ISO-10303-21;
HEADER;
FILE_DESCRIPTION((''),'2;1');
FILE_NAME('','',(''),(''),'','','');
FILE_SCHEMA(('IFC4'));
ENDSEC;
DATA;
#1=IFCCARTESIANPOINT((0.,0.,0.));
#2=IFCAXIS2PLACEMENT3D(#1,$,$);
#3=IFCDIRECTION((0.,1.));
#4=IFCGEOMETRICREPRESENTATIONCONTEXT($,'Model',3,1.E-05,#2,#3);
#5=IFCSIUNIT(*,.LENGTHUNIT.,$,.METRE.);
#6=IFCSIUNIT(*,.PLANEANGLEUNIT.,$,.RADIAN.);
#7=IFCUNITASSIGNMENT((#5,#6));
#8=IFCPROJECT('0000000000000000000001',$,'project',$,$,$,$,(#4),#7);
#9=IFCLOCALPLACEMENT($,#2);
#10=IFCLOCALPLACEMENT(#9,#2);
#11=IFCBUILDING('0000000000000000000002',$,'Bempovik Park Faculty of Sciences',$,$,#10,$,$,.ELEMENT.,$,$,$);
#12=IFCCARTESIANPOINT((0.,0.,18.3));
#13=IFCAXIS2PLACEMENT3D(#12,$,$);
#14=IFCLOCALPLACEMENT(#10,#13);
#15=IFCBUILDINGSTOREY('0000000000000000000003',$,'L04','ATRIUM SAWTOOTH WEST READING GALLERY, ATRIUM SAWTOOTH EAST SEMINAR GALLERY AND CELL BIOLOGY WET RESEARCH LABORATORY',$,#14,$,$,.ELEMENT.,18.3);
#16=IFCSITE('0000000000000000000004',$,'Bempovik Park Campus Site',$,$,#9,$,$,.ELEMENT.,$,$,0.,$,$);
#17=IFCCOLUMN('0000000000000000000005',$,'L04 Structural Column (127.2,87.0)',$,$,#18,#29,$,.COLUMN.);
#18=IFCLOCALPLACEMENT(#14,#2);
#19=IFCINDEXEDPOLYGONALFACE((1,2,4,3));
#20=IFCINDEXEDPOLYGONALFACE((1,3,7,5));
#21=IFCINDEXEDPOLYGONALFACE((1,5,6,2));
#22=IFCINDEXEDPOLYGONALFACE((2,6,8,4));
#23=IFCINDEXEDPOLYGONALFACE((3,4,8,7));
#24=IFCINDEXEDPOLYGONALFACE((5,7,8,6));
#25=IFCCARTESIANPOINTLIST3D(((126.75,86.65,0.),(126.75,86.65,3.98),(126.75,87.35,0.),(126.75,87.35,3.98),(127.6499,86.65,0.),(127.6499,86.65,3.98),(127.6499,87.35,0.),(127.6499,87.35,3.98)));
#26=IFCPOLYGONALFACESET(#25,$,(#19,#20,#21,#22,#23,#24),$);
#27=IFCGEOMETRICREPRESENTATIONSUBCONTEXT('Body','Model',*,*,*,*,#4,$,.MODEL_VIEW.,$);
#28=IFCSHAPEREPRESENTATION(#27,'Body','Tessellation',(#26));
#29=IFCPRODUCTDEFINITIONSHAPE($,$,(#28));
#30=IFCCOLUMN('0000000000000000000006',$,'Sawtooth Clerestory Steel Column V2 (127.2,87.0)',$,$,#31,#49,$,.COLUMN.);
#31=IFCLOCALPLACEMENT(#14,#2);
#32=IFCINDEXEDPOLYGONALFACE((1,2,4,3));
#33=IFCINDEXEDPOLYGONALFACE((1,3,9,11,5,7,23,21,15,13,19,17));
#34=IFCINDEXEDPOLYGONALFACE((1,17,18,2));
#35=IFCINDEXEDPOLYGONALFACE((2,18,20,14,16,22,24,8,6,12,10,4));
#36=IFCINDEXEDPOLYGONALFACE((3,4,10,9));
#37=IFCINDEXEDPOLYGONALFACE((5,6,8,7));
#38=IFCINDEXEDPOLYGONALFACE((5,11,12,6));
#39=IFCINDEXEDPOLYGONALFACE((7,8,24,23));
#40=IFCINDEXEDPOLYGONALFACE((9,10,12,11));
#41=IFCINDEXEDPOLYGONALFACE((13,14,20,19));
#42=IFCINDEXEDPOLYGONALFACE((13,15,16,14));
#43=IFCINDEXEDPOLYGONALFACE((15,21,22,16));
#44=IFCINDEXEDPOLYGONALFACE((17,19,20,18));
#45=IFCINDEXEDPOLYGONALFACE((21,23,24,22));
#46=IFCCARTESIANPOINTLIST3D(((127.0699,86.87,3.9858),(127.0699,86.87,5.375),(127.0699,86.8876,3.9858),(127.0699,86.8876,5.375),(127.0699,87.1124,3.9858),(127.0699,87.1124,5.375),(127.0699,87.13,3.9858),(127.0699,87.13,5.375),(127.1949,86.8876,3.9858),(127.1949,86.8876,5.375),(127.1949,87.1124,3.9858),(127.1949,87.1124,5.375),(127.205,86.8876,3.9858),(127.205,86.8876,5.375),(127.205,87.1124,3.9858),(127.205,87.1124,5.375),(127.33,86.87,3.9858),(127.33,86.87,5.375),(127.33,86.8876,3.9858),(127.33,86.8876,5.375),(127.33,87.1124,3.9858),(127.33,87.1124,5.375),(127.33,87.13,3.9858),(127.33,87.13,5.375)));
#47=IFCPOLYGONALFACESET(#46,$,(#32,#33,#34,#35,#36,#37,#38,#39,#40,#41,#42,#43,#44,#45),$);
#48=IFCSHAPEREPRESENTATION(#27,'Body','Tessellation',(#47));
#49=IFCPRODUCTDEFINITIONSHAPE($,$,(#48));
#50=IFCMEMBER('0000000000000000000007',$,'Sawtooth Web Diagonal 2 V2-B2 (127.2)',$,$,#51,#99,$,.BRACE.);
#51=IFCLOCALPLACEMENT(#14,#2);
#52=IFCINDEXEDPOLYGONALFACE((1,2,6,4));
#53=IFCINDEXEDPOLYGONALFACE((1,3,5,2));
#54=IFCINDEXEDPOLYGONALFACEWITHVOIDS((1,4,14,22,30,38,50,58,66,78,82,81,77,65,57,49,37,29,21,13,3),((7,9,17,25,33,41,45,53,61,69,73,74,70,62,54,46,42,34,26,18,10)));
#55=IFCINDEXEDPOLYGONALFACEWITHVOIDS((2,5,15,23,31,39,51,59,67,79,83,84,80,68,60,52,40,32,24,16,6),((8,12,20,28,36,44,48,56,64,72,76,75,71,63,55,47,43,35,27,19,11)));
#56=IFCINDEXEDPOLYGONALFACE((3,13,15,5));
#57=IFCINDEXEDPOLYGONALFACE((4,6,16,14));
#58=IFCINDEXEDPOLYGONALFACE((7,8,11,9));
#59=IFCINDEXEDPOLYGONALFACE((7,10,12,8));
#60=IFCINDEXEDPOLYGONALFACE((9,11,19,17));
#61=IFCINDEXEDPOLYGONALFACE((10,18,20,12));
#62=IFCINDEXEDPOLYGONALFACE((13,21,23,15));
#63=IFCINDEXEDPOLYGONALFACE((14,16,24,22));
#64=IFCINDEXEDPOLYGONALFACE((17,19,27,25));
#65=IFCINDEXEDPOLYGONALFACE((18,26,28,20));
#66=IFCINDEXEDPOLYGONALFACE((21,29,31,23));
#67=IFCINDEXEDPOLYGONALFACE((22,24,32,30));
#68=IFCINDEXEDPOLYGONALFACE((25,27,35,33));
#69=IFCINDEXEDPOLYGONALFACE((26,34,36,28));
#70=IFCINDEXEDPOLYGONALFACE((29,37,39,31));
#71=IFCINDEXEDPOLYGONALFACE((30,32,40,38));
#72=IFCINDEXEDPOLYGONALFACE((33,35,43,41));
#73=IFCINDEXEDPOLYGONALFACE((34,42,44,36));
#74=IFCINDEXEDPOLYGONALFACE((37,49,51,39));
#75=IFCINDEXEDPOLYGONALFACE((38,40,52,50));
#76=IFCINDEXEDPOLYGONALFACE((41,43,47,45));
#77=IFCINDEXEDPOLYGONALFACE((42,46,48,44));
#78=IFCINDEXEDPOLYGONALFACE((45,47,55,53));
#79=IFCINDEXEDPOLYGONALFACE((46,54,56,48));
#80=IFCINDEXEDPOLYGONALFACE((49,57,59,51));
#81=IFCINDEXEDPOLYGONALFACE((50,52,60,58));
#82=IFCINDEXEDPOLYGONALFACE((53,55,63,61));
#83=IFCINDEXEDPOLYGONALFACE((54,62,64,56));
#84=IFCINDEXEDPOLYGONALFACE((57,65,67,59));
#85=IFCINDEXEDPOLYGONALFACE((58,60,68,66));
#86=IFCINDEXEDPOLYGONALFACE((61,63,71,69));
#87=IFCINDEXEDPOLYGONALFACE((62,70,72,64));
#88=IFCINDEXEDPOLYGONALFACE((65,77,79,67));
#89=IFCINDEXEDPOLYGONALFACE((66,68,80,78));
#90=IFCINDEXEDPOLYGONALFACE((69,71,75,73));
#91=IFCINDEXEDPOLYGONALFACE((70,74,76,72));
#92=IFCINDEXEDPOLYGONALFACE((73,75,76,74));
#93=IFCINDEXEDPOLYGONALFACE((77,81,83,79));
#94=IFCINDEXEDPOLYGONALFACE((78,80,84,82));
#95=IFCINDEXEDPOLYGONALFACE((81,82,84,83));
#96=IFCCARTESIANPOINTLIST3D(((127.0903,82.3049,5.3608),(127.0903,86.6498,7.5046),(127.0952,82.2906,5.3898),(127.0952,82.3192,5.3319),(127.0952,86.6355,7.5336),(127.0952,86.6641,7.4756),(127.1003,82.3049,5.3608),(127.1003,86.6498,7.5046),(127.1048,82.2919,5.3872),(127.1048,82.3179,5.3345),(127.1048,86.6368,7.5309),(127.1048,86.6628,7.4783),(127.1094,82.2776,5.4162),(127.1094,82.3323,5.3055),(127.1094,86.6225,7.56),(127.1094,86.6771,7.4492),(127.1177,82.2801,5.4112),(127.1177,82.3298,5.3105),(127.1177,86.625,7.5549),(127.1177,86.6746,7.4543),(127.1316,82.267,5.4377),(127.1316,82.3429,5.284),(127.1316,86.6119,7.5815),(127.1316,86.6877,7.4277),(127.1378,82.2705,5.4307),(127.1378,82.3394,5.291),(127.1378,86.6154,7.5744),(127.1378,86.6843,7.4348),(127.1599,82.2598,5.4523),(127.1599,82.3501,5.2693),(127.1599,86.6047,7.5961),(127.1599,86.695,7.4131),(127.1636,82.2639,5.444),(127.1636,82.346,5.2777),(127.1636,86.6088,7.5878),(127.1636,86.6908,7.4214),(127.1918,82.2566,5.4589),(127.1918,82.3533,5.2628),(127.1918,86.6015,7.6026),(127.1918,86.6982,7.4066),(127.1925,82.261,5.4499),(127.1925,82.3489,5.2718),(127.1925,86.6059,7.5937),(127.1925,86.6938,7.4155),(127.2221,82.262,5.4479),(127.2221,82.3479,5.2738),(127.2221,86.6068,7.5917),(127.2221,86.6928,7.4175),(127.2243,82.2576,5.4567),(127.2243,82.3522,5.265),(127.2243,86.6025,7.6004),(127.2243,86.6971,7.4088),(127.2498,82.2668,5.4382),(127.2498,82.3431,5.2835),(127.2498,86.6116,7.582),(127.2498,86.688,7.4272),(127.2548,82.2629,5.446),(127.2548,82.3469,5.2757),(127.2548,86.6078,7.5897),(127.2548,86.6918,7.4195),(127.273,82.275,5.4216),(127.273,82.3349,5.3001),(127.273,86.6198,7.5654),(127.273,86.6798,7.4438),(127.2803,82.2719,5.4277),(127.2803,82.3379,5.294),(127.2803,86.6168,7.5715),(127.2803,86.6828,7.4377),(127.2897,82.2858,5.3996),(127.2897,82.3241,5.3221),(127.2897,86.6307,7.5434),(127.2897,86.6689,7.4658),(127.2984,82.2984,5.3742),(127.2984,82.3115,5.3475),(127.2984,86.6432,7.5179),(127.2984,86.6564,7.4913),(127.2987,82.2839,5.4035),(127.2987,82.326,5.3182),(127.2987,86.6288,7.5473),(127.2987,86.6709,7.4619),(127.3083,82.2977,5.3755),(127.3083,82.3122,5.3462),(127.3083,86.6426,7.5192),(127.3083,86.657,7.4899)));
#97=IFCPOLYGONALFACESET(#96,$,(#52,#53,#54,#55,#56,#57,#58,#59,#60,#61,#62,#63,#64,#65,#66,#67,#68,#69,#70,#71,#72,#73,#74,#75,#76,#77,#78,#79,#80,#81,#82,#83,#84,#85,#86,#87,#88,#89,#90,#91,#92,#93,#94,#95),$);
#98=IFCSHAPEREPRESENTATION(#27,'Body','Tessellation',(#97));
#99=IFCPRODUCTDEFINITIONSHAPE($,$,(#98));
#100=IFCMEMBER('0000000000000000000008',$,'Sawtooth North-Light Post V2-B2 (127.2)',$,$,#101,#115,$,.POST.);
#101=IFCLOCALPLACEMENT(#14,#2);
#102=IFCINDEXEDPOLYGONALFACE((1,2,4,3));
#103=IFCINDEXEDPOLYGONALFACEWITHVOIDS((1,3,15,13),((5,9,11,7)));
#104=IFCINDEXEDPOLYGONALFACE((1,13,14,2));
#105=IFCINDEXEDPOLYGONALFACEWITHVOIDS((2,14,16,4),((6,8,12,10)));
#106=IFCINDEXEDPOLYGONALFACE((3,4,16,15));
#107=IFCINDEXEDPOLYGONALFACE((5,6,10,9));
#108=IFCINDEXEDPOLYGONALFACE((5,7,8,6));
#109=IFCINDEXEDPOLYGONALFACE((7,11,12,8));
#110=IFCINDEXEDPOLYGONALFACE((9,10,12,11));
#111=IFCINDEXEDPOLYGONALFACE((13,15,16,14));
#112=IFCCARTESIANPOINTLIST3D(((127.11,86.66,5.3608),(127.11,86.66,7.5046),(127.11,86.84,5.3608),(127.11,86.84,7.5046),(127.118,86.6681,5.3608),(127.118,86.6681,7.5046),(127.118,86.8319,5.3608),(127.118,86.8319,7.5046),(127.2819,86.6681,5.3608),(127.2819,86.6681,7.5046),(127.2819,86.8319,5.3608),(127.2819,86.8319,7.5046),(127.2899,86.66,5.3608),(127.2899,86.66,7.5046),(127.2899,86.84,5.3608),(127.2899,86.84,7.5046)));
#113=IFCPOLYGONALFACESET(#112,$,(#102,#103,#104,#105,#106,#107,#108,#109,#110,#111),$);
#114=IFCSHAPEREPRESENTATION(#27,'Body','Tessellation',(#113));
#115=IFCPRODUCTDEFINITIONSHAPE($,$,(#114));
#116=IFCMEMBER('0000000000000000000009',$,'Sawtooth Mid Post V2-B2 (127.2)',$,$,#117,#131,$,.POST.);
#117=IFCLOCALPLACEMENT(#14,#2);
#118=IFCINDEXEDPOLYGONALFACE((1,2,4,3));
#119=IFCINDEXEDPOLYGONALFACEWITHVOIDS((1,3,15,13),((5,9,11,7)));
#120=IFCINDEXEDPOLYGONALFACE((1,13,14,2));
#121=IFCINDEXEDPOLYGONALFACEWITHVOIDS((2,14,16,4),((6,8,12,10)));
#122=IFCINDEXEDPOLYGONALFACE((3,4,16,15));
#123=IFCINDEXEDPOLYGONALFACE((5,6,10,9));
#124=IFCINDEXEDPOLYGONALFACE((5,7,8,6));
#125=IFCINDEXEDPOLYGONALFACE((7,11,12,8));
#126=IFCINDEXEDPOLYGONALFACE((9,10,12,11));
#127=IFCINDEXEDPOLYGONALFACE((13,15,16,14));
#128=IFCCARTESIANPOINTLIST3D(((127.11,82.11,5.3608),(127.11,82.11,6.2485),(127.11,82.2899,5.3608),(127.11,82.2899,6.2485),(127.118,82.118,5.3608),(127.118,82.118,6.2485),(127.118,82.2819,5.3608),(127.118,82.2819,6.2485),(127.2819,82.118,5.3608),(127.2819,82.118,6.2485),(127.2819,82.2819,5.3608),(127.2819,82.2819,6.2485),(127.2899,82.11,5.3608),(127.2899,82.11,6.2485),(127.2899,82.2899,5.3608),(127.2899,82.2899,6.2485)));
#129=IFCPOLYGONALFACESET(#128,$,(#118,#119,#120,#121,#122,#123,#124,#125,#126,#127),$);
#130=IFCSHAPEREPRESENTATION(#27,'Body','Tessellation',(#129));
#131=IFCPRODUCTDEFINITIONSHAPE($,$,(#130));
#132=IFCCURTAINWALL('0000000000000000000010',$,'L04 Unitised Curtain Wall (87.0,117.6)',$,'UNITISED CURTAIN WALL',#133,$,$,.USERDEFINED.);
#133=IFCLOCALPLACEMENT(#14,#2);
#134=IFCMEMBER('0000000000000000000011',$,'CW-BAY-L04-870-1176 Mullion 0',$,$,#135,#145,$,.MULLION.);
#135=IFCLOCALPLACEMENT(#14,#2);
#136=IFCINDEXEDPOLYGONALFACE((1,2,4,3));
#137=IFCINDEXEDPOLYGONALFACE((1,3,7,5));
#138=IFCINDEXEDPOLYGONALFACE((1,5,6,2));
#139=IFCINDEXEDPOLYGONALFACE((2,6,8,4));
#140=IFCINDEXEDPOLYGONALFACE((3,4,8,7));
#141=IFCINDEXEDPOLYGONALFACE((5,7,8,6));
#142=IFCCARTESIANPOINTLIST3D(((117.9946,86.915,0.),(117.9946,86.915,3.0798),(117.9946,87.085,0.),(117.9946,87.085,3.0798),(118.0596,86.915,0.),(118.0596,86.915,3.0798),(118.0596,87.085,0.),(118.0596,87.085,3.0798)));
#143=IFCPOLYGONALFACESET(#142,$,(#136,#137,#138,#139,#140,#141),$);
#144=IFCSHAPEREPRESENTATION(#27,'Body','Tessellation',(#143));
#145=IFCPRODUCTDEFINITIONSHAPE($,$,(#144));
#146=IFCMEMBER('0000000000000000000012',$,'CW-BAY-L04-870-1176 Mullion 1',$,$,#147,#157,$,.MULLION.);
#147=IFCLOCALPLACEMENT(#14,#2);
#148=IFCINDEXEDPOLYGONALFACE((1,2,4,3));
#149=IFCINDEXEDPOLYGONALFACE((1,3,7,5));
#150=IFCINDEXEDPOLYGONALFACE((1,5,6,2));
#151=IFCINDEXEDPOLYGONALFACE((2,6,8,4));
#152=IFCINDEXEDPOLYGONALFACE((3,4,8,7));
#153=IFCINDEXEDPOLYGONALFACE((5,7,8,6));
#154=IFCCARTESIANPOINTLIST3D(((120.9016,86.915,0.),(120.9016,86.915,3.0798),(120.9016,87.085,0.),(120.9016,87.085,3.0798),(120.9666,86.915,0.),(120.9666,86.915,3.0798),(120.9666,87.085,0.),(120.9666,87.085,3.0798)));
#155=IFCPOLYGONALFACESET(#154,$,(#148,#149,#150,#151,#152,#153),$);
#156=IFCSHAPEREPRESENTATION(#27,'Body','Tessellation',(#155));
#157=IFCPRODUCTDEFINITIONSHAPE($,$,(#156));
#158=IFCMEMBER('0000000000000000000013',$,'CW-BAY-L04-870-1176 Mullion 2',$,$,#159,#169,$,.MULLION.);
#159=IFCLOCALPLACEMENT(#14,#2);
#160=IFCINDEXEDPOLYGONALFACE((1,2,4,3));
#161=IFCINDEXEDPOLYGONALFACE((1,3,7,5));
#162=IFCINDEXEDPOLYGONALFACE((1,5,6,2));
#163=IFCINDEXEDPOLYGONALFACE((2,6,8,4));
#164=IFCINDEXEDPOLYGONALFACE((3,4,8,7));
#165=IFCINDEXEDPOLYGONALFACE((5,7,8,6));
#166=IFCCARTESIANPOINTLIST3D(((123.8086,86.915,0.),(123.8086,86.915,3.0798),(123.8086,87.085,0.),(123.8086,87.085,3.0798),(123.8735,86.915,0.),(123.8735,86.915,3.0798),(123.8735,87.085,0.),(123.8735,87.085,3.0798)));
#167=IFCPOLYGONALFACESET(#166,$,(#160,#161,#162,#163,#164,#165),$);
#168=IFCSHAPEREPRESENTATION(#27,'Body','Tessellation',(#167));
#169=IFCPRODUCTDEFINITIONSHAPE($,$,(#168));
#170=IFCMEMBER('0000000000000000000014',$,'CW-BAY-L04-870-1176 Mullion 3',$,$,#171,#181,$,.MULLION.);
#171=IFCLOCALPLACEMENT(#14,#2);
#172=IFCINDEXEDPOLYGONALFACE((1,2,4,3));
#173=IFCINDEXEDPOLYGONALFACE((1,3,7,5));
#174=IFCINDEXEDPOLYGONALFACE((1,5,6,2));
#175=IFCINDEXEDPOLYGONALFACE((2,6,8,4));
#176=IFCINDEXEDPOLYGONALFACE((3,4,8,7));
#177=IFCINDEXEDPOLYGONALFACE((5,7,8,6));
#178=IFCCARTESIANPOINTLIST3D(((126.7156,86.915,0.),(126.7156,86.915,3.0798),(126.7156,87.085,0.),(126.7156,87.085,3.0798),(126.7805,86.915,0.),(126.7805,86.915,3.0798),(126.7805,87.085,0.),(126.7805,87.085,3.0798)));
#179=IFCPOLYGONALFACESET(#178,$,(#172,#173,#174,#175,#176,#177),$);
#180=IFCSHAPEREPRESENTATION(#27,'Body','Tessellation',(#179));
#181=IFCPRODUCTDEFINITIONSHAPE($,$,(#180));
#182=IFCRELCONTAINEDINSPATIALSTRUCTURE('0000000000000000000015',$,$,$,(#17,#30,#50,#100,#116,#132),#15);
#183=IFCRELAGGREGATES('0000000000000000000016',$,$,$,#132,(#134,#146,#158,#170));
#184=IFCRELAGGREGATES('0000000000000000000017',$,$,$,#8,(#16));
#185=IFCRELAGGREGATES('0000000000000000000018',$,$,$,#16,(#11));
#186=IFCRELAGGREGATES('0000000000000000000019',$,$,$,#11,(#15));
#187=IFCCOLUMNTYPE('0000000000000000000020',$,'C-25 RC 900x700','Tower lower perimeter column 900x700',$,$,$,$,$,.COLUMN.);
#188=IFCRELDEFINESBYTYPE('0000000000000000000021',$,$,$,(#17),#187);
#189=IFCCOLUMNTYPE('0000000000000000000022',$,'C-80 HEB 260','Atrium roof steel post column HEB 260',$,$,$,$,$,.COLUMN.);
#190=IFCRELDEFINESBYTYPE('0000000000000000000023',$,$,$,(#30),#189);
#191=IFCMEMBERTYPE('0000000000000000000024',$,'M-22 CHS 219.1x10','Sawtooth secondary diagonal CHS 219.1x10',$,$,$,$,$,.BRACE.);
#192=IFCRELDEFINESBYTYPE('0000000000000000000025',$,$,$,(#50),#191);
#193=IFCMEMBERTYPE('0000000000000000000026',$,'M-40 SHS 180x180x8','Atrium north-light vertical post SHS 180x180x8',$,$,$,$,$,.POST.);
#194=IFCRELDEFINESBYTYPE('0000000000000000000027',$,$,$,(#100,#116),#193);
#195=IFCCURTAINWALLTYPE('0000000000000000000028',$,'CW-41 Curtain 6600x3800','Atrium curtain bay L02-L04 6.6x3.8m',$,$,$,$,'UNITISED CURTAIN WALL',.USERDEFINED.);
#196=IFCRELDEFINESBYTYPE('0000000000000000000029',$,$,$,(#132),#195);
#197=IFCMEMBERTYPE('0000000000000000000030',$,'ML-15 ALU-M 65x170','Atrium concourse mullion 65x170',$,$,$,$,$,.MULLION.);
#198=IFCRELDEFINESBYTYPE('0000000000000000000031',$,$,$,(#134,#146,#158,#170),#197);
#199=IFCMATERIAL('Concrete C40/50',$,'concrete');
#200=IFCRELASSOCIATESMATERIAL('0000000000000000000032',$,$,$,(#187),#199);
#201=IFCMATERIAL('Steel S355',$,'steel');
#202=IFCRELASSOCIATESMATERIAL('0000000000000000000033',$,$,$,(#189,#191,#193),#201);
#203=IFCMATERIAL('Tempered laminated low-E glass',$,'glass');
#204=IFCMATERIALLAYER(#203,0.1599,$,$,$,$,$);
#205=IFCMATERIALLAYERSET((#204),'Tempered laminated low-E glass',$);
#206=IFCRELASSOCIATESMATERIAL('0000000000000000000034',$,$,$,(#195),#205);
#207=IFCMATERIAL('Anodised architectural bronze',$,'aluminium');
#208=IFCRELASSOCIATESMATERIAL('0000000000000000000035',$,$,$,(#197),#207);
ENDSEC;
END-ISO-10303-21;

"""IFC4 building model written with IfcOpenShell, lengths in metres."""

from ifc_helpers import new_model, si_unit, direction, frame, origin, origin_2d, place, context, subcontext, project, spatial, rectangle, hollow_rectangle, hollow_circle, i_section, extrude, material, layer, layer_set, material_profile, profile_set, type_object, element, aggregate, save


model = new_model("IFC4")

# Units and contexts
model_context = context("Model", 3, precision=1e-05, world=origin(), true_north=direction((0.0, 1.0)))
body_context = subcontext(model_context, "Body", "Model", "MODEL_VIEW")
ifc_project = project(units=[si_unit("LENGTHUNIT", "METRE"), si_unit("PLANEANGLEUNIT", "RADIAN")], contexts=[model_context])

# Site, building, storey
site_placement = place(None, origin())
site = spatial("IfcSite", under=ifc_project, at=site_placement, Name="Bempovik Park Campus Site", CompositionType="ELEMENT", RefElevation=0.0)
building_placement = place(site_placement, origin())
building = spatial("IfcBuilding", under=site, at=building_placement, Name="Bempovik Park Faculty of Sciences", CompositionType="ELEMENT")
storey_placement = place(building_placement, frame((0.0, 0.0, 18.3)))
storey = spatial("IfcBuildingStorey", under=building, at=storey_placement, Name="L04", Description="ATRIUM SAWTOOTH WEST READING GALLERY, ATRIUM SAWTOOTH EAST SEMINAR GALLERY AND CELL BIOLOGY WET RESEARCH LABORATORY", CompositionType="ELEMENT", Elevation=18.3)

# Columns
ifc_material_1 = material(Name="Concrete C40/50", Category="concrete")
ifc_material_profile_1 = material_profile(ifc_material_1, rectangle(XDim=0.8999, YDim=0.7, at=origin_2d()), Name="RC 900x700")
ifc_profile_set_1 = profile_set([ifc_material_profile_1], Name="Concrete C40/50")
column_type_1 = type_object("IfcColumnType", Name="C-25 RC 900x700", Description="Tower lower perimeter column 900x700", PredefinedType="COLUMN", material=ifc_profile_set_1)
column_1_placement = place(storey_placement, frame((127.2, 87.0, 0.0), z_axis=(0.0, 0.0, 1.0), x_axis=(1.0, 0.0, 0.0)))
element("IfcColumn", 1, at=column_1_placement, inside=storey, type_object=column_type_1, Name="L04 Structural Column (127.2,87.0)", PredefinedType="COLUMN", context=body_context, shape_type="SweptSolid", body=[
    extrude(rectangle(XDim=0.8999, YDim=0.7, at=origin_2d()), origin(), (0.0, 0.0, 1.0), 3.98),
])
ifc_material_2 = material(Name="Steel S355", Category="steel")
ifc_material_profile_2 = material_profile(ifc_material_2, i_section(OverallWidth=0.26, OverallDepth=0.26, WebThickness=0.01, FlangeThickness=0.0176, at=origin_2d()), Name="HEB 260")
ifc_profile_set_2 = profile_set([ifc_material_profile_2], Name="Steel S355")
column_type_2 = type_object("IfcColumnType", Name="C-80 HEB 260", Description="Atrium roof steel post column HEB 260", PredefinedType="COLUMN", material=ifc_profile_set_2)
column_2_placement = place(storey_placement, frame((127.2, 87.0, 3.9858), z_axis=(0.0, 0.0, 1.0), x_axis=(1.0, 0.0, 0.0)))
element("IfcColumn", 2, at=column_2_placement, inside=storey, type_object=column_type_2, Name="Sawtooth Clerestory Steel Column V2 (127.2,87.0)", PredefinedType="COLUMN", context=body_context, shape_type="SweptSolid", body=[
    extrude(i_section(OverallWidth=0.26, OverallDepth=0.26, WebThickness=0.01, FlangeThickness=0.0176, at=origin_2d()), origin(), (0.0, 0.0, 1.0), 1.3892),
])

# Members
ifc_material_profile_3 = material_profile(ifc_material_2, hollow_circle(Radius=0.1096, WallThickness=0.01, at=origin_2d()), Name="CHS 219.1x10")
ifc_profile_set_3 = profile_set([ifc_material_profile_3], Name="Steel S355")
member_type_1 = type_object("IfcMemberType", Name="M-22 CHS 219.1x10", Description="Sawtooth secondary diagonal CHS 219.1x10", PredefinedType="BRACE", material=ifc_profile_set_3)
member_1_placement = place(storey_placement, frame((127.2, 82.3049, 5.3608), z_axis=(0.0, 0.896783, 0.442471), x_axis=(-1.0, 0.0, 0.0)))
element("IfcMember", 3, at=member_1_placement, inside=storey, type_object=member_type_1, Name="Sawtooth Web Diagonal 2 V2-B2 (127.2)", PredefinedType="BRACE", context=body_context, shape_type="SweptSolid", body=[
    extrude(hollow_circle(Radius=0.1096, WallThickness=0.01, at=origin_2d()), origin(), (0.0, 0.0, 1.0), 4.845),
])
ifc_material_profile_4 = material_profile(ifc_material_2, hollow_rectangle(XDim=0.1799, YDim=0.1799, WallThickness=0.0081, at=origin_2d()), Name="SHS 180x180x8")
ifc_profile_set_4 = profile_set([ifc_material_profile_4], Name="Steel S355")
member_type_2 = type_object("IfcMemberType", Name="M-40 SHS 180x180x8", Description="Atrium north-light vertical post SHS 180x180x8", PredefinedType="POST", material=ifc_profile_set_4)
member_2_placement = place(storey_placement, frame((127.2, 86.75, 5.3608), z_axis=(0.0, 0.0, 1.0), x_axis=(1.0, 0.0, 0.0)))
element("IfcMember", 4, at=member_2_placement, inside=storey, type_object=member_type_2, Name="Sawtooth North-Light Post V2-B2 (127.2)", PredefinedType="POST", context=body_context, shape_type="SweptSolid", body=[
    extrude(hollow_rectangle(XDim=0.1799, YDim=0.1799, WallThickness=0.0081, at=origin_2d()), origin(), (0.0, 0.0, 1.0), 2.1438),
])
member_3_placement = place(storey_placement, frame((127.2, 82.2, 5.3608), z_axis=(0.0, 0.0, 1.0), x_axis=(1.0, 0.0, 0.0)))
element("IfcMember", 5, at=member_3_placement, inside=storey, type_object=member_type_2, Name="Sawtooth Mid Post V2-B2 (127.2)", PredefinedType="POST", context=body_context, shape_type="SweptSolid", body=[
    extrude(hollow_rectangle(XDim=0.1799, YDim=0.1799, WallThickness=0.0081, at=origin_2d()), origin(), (0.0, 0.0, 1.0), 0.8877),
])

# Curtain wall, members
ifc_material_3 = material(Name="Tempered laminated low-E glass", Category="glass")
ifc_layer_1 = layer(ifc_material_3, 0.1599)
ifc_layer_set_1 = layer_set([ifc_layer_1], Name="Tempered laminated low-E glass")
curtain_wall_type = type_object("IfcCurtainWallType", Name="CW-41 Curtain 6600x3800", Description="Atrium curtain bay L02-L04 6.6x3.8m", ElementType="UNITISED CURTAIN WALL", PredefinedType="USERDEFINED", material=ifc_layer_set_1)
curtain_wall_placement = place(storey_placement, origin())
curtain_wall = element("IfcCurtainWall", 6, at=curtain_wall_placement, inside=storey, type_object=curtain_wall_type, Name="L04 Unitised Curtain Wall (87.0,117.6)", ObjectType="UNITISED CURTAIN WALL", PredefinedType="USERDEFINED")
ifc_material_4 = material(Name="Anodised architectural bronze", Category="aluminium")
ifc_material_profile_5 = material_profile(ifc_material_4, rectangle(XDim=0.0649, YDim=0.1699, at=origin_2d()), Name="ALU-M 65x170")
ifc_profile_set_5 = profile_set([ifc_material_profile_5], Name="Anodised architectural bronze")
member_type_3 = type_object("IfcMemberType", Name="ML-15 ALU-M 65x170", Description="Atrium concourse mullion 65x170", PredefinedType="MULLION", material=ifc_profile_set_5)
member_4_placement = place(storey_placement, frame((118.0271, 87.0, 0.0), z_axis=(0.0, 0.0, 1.0), x_axis=(1.0, 0.0, 0.0)))
member_4 = element("IfcMember", 7, at=member_4_placement, type_object=member_type_3, Name="CW-BAY-L04-870-1176 Mullion 0", PredefinedType="MULLION", context=body_context, shape_type="SweptSolid", body=[
    extrude(rectangle(XDim=0.0649, YDim=0.1699, at=origin_2d()), origin(), (0.0, 0.0, 1.0), 3.0798),
])
member_5_placement = place(storey_placement, frame((120.9341, 87.0, 0.0), z_axis=(0.0, 0.0, 1.0), x_axis=(1.0, 0.0, 0.0)))
member_5 = element("IfcMember", 8, at=member_5_placement, type_object=member_type_3, Name="CW-BAY-L04-870-1176 Mullion 1", PredefinedType="MULLION", context=body_context, shape_type="SweptSolid", body=[
    extrude(rectangle(XDim=0.0649, YDim=0.1699, at=origin_2d()), origin(), (0.0, 0.0, 1.0), 3.0798),
])
member_6_placement = place(storey_placement, frame((123.8411, 87.0, 0.0), z_axis=(0.0, 0.0, 1.0), x_axis=(1.0, 0.0, 0.0)))
member_6 = element("IfcMember", 9, at=member_6_placement, type_object=member_type_3, Name="CW-BAY-L04-870-1176 Mullion 2", PredefinedType="MULLION", context=body_context, shape_type="SweptSolid", body=[
    extrude(rectangle(XDim=0.0649, YDim=0.1699, at=origin_2d()), origin(), (0.0, 0.0, 1.0), 3.0798),
])
member_7_placement = place(storey_placement, frame((126.748, 87.0, 0.0), z_axis=(0.0, 0.0, 1.0), x_axis=(1.0, 0.0, 0.0)))
member_7 = element("IfcMember", 10, at=member_7_placement, type_object=member_type_3, Name="CW-BAY-L04-870-1176 Mullion 3", PredefinedType="MULLION", context=body_context, shape_type="SweptSolid", body=[
    extrude(rectangle(XDim=0.0649, YDim=0.1699, at=origin_2d()), origin(), (0.0, 0.0, 1.0), 3.0798),
])
aggregate(curtain_wall, [member_4, member_5, member_6, member_7])

save(model, "model.ifc")
